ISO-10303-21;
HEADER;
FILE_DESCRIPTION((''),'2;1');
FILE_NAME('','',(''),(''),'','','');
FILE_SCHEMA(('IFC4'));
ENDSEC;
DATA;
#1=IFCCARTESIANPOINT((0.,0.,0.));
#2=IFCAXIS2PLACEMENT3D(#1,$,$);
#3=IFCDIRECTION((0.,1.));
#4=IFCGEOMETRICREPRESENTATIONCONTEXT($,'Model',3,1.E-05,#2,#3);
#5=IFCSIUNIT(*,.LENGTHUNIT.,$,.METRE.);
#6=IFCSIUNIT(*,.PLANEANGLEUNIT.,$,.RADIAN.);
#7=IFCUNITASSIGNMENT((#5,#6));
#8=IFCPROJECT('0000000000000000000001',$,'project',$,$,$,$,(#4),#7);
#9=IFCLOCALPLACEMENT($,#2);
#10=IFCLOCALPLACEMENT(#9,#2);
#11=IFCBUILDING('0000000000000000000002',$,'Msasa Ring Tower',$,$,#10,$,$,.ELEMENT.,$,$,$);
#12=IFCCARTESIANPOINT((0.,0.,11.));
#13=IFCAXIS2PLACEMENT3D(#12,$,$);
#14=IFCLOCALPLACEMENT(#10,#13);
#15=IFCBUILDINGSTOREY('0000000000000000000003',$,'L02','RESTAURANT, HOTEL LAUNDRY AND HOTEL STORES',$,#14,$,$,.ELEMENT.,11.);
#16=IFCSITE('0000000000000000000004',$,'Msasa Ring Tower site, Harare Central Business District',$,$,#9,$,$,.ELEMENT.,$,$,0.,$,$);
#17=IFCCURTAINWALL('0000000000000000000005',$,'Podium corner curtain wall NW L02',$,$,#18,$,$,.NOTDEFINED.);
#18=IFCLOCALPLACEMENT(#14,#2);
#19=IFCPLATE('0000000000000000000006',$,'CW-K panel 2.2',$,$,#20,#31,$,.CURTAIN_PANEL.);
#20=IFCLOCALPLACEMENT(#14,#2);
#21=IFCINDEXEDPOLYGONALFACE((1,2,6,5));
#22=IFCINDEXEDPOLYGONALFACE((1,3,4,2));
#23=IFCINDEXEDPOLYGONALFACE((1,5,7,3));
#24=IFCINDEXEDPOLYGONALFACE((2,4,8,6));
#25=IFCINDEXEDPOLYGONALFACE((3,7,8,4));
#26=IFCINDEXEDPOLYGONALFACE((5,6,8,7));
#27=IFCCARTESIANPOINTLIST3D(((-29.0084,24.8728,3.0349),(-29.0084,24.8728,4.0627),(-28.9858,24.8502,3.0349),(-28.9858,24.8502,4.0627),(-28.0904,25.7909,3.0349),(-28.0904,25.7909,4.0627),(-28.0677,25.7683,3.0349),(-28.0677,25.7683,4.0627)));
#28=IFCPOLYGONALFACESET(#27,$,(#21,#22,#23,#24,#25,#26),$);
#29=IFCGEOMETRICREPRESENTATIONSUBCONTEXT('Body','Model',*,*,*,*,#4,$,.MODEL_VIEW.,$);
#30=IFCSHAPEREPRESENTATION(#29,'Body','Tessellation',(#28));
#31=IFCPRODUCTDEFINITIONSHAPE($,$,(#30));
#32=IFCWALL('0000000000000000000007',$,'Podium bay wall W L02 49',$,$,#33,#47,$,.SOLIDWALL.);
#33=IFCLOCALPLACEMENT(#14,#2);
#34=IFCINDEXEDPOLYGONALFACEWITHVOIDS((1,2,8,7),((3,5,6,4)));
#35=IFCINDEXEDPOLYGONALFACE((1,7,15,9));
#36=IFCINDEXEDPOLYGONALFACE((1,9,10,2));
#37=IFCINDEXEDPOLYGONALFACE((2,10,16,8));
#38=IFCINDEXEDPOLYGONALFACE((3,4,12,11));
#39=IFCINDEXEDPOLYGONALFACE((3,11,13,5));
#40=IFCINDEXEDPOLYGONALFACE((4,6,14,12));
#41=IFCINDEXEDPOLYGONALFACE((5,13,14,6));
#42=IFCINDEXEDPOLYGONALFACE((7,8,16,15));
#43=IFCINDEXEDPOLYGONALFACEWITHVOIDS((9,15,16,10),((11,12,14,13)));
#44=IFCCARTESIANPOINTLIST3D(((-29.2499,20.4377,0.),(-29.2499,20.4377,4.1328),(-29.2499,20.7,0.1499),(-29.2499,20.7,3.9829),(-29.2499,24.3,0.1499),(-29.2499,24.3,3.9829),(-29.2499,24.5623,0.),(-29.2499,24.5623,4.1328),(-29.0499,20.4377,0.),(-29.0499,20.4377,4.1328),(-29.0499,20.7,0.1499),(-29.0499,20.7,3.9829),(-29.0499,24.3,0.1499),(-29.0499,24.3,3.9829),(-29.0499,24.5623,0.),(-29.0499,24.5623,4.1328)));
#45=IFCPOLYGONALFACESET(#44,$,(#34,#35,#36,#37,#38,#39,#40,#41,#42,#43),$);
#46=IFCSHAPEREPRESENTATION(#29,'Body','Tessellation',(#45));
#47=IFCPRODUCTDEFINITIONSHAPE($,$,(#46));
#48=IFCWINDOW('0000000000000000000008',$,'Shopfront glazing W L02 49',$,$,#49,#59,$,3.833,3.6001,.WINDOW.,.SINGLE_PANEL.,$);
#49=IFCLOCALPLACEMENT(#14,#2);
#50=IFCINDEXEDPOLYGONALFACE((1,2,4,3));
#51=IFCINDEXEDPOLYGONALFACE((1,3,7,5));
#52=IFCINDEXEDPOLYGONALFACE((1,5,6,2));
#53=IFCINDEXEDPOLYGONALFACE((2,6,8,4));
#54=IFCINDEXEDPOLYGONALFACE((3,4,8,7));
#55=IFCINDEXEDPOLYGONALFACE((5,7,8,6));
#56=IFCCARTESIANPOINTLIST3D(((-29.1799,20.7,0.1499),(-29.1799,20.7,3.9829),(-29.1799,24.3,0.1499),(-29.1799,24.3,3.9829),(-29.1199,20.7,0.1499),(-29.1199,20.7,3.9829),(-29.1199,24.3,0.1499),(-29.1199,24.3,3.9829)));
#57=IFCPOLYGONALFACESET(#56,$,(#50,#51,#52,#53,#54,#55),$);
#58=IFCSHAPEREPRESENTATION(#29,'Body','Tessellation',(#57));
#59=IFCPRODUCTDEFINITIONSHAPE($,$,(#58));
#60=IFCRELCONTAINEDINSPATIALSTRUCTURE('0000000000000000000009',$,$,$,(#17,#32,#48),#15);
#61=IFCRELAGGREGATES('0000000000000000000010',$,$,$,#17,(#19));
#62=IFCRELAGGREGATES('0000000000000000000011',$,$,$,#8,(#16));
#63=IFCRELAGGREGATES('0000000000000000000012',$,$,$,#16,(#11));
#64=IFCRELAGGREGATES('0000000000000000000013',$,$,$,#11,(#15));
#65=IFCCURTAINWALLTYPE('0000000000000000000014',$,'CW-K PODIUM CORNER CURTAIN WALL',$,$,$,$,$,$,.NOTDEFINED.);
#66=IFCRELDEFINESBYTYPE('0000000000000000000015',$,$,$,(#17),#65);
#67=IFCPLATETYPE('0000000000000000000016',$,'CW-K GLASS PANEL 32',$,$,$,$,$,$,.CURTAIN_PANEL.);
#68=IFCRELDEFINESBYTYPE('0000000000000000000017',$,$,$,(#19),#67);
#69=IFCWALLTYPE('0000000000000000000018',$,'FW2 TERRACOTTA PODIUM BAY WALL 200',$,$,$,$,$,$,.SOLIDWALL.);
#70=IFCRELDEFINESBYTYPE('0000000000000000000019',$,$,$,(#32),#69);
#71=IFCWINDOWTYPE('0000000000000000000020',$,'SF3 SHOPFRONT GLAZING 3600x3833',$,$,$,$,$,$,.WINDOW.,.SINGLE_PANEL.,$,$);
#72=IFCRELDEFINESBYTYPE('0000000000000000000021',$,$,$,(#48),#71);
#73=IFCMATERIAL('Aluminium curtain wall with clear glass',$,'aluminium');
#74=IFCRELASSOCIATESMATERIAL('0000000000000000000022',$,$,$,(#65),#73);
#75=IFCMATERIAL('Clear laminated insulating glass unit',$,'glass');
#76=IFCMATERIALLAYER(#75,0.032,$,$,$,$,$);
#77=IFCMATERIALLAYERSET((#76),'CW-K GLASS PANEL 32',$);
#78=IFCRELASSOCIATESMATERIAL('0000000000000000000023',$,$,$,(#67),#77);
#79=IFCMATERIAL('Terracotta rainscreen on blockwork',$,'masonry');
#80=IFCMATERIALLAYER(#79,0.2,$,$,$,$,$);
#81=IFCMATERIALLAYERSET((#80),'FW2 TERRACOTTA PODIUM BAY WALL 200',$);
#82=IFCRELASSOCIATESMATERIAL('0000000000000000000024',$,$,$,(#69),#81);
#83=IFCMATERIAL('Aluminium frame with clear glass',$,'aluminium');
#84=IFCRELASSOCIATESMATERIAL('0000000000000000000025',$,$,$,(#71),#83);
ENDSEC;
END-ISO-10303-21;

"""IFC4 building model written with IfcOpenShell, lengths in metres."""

from ifc_helpers import new_model, si_unit, direction, frame, frame_2d, origin, origin_2d, place, context, subcontext, project, spatial, rectangle, extrude, material, layer, layer_set, type_object, element, fill, aggregate, save


model = new_model("IFC4")

# Units and contexts
model_context = context("Model", 3, precision=1e-05, world=origin(), true_north=direction((0.0, 1.0)))
body_context = subcontext(model_context, "Body", "Model", "MODEL_VIEW")
ifc_project = project(units=[si_unit("LENGTHUNIT", "METRE"), si_unit("PLANEANGLEUNIT", "RADIAN")], contexts=[model_context])

# Site, building, storey
site_placement = place(None, origin())
site = spatial("IfcSite", under=ifc_project, at=site_placement, Name="Msasa Ring Tower site, Harare Central Business District", CompositionType="ELEMENT", RefElevation=0.0)
building_placement = place(site_placement, origin())
building = spatial("IfcBuilding", under=site, at=building_placement, Name="Msasa Ring Tower", CompositionType="ELEMENT")
storey_placement = place(building_placement, frame((0.0, 0.0, 11.0)))
storey = spatial("IfcBuildingStorey", under=building, at=storey_placement, Name="L02", Description="RESTAURANT, HOTEL LAUNDRY AND HOTEL STORES", CompositionType="ELEMENT", Elevation=11.0)

# Curtain wall
ifc_material_1 = material(Name="Aluminium curtain wall with clear glass", Category="aluminium")
curtain_wall_type = type_object("IfcCurtainWallType", Name="CW-K PODIUM CORNER CURTAIN WALL", PredefinedType="NOTDEFINED", material=ifc_material_1)
curtain_wall_placement = place(storey_placement, origin())
curtain_wall = element("IfcCurtainWall", 1, at=curtain_wall_placement, inside=storey, type_object=curtain_wall_type, Name="Podium corner curtain wall NW L02", PredefinedType="NOTDEFINED")

# Plate
ifc_material_2 = material(Name="Clear laminated insulating glass unit", Category="glass")
ifc_layer_1 = layer(ifc_material_2, 0.032)
ifc_layer_set_1 = layer_set([ifc_layer_1], Name="CW-K GLASS PANEL 32")
plate_type = type_object("IfcPlateType", Name="CW-K GLASS PANEL 32", PredefinedType="CURTAIN_PANEL", material=ifc_layer_set_1)
plate_1_placement = place(storey_placement, frame((-28.5381, 25.3206, 3.0349), z_axis=(0.0, 0.0, 1.0), x_axis=(-0.707107, -0.707107, 0.0)))
plate_1 = element("IfcPlate", 2, at=plate_1_placement, type_object=plate_type, Name="CW-K panel 2.2", PredefinedType="CURTAIN_PANEL", context=body_context, shape_type="SweptSolid", body=[
    extrude(rectangle(XDim=1.2983, YDim=0.032, at=origin_2d()), origin(), (0.0, 0.0, 1.0), 1.0278),
])
aggregate(curtain_wall, [plate_1])

# Wall, opening, window
ifc_material_3 = material(Name="Terracotta rainscreen on blockwork", Category="masonry")
ifc_layer_2 = layer(ifc_material_3, 0.2)
ifc_layer_set_2 = layer_set([ifc_layer_2], Name="FW2 TERRACOTTA PODIUM BAY WALL 200")
wall_type = type_object("IfcWallType", Name="FW2 TERRACOTTA PODIUM BAY WALL 200", PredefinedType="SOLIDWALL", material=ifc_layer_set_2)
wall_placement = place(storey_placement, frame((-29.1499, 20.4377, 0.0), z_axis=(0.0, 0.0, 1.0), x_axis=(0.0, 1.0, 0.0)))
wall = element("IfcWall", 3, at=wall_placement, inside=storey, type_object=wall_type, Name="Podium bay wall W L02 49", PredefinedType="SOLIDWALL", context=body_context, shape_type="SweptSolid", body=[
    extrude(rectangle(XDim=4.1245, YDim=0.2, at=frame_2d((2.0623, 0.0))), origin(), (0.0, 0.0, 1.0), 4.1328),
])
opening_placement = place(wall_placement, frame((0.2622, 0.0, 0.1499)))
opening = element("IfcOpeningElement", 4, at=opening_placement, cuts=wall, PredefinedType="OPENING", context=body_context, shape_type="SweptSolid", body=[
    extrude(rectangle(XDim=3.6001, YDim=3.833, at=frame_2d((1.8, 1.9165))), frame((0.0, 0.1099, 0.0), z_axis=(0.0, -1.0, 0.0), x_axis=(1.0, 0.0, 0.0)), (0.0, 0.0, 1.0), 0.22),
])
ifc_material_4 = material(Name="Aluminium frame with clear glass", Category="aluminium")
window_type = type_object("IfcWindowType", Name="SF3 SHOPFRONT GLAZING 3600x3833", PartitioningType="SINGLE_PANEL", PredefinedType="WINDOW", material=ifc_material_4)
window_placement = place(opening_placement, origin())
window = element("IfcWindow", 5, at=window_placement, inside=storey, type_object=window_type, Name="Shopfront glazing W L02 49", OverallHeight=3.833, OverallWidth=3.6001, PartitioningType="SINGLE_PANEL", PredefinedType="WINDOW", context=body_context, shape_type="SweptSolid", body=[
    extrude(rectangle(XDim=3.6001, YDim=3.833, at=frame_2d((1.8, 1.9165))), frame((0.0, 0.03, 0.0), z_axis=(0.0, -1.0, 0.0), x_axis=(1.0, 0.0, 0.0)), (0.0, 0.0, 1.0), 0.0601),
])
fill(opening, window)

save(model, "model.ifc")
